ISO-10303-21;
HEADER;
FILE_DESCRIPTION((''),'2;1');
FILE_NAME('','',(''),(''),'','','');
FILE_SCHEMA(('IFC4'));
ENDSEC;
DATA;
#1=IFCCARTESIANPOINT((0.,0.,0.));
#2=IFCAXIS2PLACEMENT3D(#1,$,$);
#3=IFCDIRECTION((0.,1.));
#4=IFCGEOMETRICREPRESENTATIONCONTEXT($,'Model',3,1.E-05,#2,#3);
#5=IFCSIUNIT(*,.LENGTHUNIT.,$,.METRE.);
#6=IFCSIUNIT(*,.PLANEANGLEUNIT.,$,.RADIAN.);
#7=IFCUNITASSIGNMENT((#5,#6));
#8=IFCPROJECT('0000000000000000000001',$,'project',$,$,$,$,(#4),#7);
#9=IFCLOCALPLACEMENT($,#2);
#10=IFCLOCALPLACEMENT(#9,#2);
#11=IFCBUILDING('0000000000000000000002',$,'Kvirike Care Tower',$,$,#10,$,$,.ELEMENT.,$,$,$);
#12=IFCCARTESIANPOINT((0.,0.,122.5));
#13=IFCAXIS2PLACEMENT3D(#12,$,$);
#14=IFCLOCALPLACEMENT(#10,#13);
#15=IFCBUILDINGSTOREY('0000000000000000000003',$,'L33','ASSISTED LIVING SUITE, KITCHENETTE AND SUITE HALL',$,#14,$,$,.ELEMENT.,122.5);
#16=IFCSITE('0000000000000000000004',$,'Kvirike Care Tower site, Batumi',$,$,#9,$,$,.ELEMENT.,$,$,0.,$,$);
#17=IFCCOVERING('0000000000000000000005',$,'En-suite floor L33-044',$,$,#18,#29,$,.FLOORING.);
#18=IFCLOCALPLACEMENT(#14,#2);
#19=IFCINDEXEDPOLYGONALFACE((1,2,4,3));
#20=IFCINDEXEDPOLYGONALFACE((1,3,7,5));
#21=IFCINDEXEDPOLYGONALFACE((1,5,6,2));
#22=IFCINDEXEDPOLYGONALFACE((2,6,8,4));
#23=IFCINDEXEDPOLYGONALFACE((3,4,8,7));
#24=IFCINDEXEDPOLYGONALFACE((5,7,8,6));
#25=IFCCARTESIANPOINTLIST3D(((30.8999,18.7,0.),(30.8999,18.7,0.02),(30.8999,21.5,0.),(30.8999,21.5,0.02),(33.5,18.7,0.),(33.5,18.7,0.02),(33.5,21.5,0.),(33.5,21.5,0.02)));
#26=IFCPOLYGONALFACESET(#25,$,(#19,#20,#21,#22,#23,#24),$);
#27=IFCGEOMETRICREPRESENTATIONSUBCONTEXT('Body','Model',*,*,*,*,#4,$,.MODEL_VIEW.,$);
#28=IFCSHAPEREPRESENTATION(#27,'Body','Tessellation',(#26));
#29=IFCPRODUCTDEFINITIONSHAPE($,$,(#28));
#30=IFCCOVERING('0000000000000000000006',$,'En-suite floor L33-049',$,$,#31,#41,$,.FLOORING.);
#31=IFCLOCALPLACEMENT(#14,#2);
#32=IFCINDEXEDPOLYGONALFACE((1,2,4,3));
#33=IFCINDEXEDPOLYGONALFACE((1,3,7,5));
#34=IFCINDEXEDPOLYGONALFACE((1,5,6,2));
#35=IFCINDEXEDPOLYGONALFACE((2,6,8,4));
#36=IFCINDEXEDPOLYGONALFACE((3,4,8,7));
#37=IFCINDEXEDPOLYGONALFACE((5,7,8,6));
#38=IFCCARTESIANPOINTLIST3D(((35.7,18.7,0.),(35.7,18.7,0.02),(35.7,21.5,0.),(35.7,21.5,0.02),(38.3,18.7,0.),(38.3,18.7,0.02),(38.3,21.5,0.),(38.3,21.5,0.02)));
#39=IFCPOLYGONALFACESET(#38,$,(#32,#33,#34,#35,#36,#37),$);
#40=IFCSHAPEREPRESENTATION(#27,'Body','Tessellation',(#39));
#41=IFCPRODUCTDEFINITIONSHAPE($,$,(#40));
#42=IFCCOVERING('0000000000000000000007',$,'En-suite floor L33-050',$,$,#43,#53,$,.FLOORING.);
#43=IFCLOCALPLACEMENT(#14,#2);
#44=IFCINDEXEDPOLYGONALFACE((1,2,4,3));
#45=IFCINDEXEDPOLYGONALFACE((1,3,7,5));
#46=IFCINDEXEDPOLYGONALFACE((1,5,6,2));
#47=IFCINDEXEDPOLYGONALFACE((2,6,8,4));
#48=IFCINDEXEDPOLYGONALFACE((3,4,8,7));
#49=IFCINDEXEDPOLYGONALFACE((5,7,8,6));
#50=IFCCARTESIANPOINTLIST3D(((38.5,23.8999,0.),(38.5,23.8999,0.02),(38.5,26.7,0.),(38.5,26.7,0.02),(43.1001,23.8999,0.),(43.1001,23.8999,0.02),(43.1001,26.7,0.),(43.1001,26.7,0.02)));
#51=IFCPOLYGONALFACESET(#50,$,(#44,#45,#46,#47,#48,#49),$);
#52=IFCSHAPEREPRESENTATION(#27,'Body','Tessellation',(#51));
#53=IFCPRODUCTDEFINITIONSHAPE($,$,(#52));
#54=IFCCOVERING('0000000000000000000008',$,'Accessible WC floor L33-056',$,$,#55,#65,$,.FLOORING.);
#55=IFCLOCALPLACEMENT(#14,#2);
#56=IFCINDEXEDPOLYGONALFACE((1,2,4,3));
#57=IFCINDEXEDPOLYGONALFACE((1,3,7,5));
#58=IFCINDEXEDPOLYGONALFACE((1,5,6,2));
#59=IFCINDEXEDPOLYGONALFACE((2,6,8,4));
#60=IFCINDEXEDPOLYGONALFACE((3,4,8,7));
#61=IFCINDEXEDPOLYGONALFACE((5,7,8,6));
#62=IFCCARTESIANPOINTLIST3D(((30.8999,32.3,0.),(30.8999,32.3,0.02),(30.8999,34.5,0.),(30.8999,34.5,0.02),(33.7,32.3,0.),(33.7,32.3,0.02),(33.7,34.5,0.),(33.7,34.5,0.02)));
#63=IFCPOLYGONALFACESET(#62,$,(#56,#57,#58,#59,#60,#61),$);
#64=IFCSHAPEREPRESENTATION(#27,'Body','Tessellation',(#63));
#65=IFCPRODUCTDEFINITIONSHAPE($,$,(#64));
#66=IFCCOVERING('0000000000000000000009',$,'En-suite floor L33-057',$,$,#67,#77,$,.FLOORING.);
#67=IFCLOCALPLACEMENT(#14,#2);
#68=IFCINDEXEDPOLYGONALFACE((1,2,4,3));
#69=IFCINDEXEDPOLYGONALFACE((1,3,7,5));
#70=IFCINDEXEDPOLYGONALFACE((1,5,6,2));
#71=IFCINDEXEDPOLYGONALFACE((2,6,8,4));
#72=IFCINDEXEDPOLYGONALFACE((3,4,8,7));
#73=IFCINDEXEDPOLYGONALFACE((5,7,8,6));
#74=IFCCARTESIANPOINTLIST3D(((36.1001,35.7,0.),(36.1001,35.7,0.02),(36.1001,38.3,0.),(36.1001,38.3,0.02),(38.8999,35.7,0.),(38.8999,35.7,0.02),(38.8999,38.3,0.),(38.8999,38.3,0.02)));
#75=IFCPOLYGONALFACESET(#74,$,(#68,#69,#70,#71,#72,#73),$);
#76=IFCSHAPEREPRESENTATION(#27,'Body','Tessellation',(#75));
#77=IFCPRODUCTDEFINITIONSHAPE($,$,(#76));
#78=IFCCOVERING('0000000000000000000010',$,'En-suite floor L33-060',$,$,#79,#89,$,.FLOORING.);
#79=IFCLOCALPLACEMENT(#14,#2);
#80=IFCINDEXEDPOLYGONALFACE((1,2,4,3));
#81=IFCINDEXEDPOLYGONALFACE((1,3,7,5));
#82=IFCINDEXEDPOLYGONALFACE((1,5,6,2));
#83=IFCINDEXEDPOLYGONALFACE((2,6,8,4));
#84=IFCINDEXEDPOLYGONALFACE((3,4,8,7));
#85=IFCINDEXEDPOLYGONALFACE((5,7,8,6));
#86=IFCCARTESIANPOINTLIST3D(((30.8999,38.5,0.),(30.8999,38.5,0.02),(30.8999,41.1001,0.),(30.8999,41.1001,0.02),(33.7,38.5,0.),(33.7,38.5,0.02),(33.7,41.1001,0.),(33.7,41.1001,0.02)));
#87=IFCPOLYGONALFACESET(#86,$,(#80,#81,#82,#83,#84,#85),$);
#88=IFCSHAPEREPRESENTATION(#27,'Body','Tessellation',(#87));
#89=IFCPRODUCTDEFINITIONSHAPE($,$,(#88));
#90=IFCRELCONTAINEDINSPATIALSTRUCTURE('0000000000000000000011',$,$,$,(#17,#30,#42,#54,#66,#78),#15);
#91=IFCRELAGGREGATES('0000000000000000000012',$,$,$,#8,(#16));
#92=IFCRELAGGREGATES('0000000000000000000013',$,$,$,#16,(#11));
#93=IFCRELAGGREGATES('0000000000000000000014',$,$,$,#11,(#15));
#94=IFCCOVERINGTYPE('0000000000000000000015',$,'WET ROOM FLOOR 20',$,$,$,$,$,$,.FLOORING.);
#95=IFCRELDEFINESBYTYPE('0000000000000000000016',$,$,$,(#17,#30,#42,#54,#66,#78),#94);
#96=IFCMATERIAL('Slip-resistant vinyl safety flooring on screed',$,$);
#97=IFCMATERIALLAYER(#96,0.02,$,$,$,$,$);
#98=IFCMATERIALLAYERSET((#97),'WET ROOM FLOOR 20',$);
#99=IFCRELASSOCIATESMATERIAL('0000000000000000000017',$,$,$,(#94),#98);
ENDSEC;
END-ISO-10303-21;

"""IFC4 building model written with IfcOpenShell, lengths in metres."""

from ifc_helpers import new_model, si_unit, direction, frame, origin, place, context, subcontext, project, spatial, polyline, outline, extrude, material, layer, layer_set, type_object, element, save


model = new_model("IFC4")

# Units and contexts
model_context = context("Model", 3, precision=1e-05, world=origin(), true_north=direction((0.0, 1.0)))
body_context = subcontext(model_context, "Body", "Model", "MODEL_VIEW")
ifc_project = project(units=[si_unit("LENGTHUNIT", "METRE"), si_unit("PLANEANGLEUNIT", "RADIAN")], contexts=[model_context])

# Site, building, storey
site_placement = place(None, origin())
site = spatial("IfcSite", under=ifc_project, at=site_placement, Name="Kvirike Care Tower site, Batumi", CompositionType="ELEMENT", RefElevation=0.0)
building_placement = place(site_placement, origin())
building = spatial("IfcBuilding", under=site, at=building_placement, Name="Kvirike Care Tower", CompositionType="ELEMENT")
storey_placement = place(building_placement, frame((0.0, 0.0, 122.5)))
storey = spatial("IfcBuildingStorey", under=building, at=storey_placement, Name="L33", Description="ASSISTED LIVING SUITE, KITCHENETTE AND SUITE HALL", CompositionType="ELEMENT", Elevation=122.5)

# Coverings
ifc_material_1 = material(Name="Slip-resistant vinyl safety flooring on screed")
ifc_layer_1 = layer(ifc_material_1, 0.02)
ifc_layer_set_1 = layer_set([ifc_layer_1], Name="WET ROOM FLOOR 20")
covering_type_1 = type_object("IfcCoveringType", Name="WET ROOM FLOOR 20", PredefinedType="FLOORING", material=ifc_layer_set_1)
covering_1_placement = place(storey_placement, origin())
element("IfcCovering", 1, at=covering_1_placement, inside=storey, type_object=covering_type_1, Name="En-suite floor L33-044", PredefinedType="FLOORING", context=body_context, shape_type="SweptSolid", body=[
    extrude(outline(polyline([(30.8999, 18.7), (30.8999, 21.5), (33.5, 21.5), (33.5, 18.7), (30.8999, 18.7)])), origin(), (0.0, 0.0, 1.0), 0.02),
])
covering_2_placement = place(storey_placement, origin())
element("IfcCovering", 2, at=covering_2_placement, inside=storey, type_object=covering_type_1, Name="En-suite floor L33-049", PredefinedType="FLOORING", context=body_context, shape_type="SweptSolid", body=[
    extrude(outline(polyline([(35.7, 18.7), (35.7, 21.5), (38.3, 21.5), (38.3, 18.7), (35.7, 18.7)])), origin(), (0.0, 0.0, 1.0), 0.02),
])
covering_3_placement = place(storey_placement, origin())
element("IfcCovering", 3, at=covering_3_placement, inside=storey, type_object=covering_type_1, Name="En-suite floor L33-050", PredefinedType="FLOORING", context=body_context, shape_type="SweptSolid", body=[
    extrude(outline(polyline([(38.5, 23.8999), (38.5, 26.7), (43.1001, 26.7), (43.1001, 23.8999), (38.5, 23.8999)])), origin(), (0.0, 0.0, 1.0), 0.02),
])
covering_4_placement = place(storey_placement, origin())
element("IfcCovering", 4, at=covering_4_placement, inside=storey, type_object=covering_type_1, Name="Accessible WC floor L33-056", PredefinedType="FLOORING", context=body_context, shape_type="SweptSolid", body=[
    extrude(outline(polyline([(33.7, 32.3), (30.8999, 32.3), (30.8999, 34.5), (33.7, 34.5), (33.7, 32.3)])), origin(), (0.0, 0.0, 1.0), 0.02),
])
covering_5_placement = place(storey_placement, origin())
element("IfcCovering", 5, at=covering_5_placement, inside=storey, type_object=covering_type_1, Name="En-suite floor L33-057", PredefinedType="FLOORING", context=body_context, shape_type="SweptSolid", body=[
    extrude(outline(polyline([(38.8999, 35.7), (36.1001, 35.7), (36.1001, 38.3), (38.8999, 38.3), (38.8999, 35.7)])), origin(), (0.0, 0.0, 1.0), 0.02),
])
covering_6_placement = place(storey_placement, origin())
element("IfcCovering", 6, at=covering_6_placement, inside=storey, type_object=covering_type_1, Name="En-suite floor L33-060", PredefinedType="FLOORING", context=body_context, shape_type="SweptSolid", body=[
    extrude(outline(polyline([(33.7, 38.5), (30.8999, 38.5), (30.8999, 41.1001), (33.7, 41.1001), (33.7, 38.5)])), origin(), (0.0, 0.0, 1.0), 0.02),
])

save(model, "model.ifc")
